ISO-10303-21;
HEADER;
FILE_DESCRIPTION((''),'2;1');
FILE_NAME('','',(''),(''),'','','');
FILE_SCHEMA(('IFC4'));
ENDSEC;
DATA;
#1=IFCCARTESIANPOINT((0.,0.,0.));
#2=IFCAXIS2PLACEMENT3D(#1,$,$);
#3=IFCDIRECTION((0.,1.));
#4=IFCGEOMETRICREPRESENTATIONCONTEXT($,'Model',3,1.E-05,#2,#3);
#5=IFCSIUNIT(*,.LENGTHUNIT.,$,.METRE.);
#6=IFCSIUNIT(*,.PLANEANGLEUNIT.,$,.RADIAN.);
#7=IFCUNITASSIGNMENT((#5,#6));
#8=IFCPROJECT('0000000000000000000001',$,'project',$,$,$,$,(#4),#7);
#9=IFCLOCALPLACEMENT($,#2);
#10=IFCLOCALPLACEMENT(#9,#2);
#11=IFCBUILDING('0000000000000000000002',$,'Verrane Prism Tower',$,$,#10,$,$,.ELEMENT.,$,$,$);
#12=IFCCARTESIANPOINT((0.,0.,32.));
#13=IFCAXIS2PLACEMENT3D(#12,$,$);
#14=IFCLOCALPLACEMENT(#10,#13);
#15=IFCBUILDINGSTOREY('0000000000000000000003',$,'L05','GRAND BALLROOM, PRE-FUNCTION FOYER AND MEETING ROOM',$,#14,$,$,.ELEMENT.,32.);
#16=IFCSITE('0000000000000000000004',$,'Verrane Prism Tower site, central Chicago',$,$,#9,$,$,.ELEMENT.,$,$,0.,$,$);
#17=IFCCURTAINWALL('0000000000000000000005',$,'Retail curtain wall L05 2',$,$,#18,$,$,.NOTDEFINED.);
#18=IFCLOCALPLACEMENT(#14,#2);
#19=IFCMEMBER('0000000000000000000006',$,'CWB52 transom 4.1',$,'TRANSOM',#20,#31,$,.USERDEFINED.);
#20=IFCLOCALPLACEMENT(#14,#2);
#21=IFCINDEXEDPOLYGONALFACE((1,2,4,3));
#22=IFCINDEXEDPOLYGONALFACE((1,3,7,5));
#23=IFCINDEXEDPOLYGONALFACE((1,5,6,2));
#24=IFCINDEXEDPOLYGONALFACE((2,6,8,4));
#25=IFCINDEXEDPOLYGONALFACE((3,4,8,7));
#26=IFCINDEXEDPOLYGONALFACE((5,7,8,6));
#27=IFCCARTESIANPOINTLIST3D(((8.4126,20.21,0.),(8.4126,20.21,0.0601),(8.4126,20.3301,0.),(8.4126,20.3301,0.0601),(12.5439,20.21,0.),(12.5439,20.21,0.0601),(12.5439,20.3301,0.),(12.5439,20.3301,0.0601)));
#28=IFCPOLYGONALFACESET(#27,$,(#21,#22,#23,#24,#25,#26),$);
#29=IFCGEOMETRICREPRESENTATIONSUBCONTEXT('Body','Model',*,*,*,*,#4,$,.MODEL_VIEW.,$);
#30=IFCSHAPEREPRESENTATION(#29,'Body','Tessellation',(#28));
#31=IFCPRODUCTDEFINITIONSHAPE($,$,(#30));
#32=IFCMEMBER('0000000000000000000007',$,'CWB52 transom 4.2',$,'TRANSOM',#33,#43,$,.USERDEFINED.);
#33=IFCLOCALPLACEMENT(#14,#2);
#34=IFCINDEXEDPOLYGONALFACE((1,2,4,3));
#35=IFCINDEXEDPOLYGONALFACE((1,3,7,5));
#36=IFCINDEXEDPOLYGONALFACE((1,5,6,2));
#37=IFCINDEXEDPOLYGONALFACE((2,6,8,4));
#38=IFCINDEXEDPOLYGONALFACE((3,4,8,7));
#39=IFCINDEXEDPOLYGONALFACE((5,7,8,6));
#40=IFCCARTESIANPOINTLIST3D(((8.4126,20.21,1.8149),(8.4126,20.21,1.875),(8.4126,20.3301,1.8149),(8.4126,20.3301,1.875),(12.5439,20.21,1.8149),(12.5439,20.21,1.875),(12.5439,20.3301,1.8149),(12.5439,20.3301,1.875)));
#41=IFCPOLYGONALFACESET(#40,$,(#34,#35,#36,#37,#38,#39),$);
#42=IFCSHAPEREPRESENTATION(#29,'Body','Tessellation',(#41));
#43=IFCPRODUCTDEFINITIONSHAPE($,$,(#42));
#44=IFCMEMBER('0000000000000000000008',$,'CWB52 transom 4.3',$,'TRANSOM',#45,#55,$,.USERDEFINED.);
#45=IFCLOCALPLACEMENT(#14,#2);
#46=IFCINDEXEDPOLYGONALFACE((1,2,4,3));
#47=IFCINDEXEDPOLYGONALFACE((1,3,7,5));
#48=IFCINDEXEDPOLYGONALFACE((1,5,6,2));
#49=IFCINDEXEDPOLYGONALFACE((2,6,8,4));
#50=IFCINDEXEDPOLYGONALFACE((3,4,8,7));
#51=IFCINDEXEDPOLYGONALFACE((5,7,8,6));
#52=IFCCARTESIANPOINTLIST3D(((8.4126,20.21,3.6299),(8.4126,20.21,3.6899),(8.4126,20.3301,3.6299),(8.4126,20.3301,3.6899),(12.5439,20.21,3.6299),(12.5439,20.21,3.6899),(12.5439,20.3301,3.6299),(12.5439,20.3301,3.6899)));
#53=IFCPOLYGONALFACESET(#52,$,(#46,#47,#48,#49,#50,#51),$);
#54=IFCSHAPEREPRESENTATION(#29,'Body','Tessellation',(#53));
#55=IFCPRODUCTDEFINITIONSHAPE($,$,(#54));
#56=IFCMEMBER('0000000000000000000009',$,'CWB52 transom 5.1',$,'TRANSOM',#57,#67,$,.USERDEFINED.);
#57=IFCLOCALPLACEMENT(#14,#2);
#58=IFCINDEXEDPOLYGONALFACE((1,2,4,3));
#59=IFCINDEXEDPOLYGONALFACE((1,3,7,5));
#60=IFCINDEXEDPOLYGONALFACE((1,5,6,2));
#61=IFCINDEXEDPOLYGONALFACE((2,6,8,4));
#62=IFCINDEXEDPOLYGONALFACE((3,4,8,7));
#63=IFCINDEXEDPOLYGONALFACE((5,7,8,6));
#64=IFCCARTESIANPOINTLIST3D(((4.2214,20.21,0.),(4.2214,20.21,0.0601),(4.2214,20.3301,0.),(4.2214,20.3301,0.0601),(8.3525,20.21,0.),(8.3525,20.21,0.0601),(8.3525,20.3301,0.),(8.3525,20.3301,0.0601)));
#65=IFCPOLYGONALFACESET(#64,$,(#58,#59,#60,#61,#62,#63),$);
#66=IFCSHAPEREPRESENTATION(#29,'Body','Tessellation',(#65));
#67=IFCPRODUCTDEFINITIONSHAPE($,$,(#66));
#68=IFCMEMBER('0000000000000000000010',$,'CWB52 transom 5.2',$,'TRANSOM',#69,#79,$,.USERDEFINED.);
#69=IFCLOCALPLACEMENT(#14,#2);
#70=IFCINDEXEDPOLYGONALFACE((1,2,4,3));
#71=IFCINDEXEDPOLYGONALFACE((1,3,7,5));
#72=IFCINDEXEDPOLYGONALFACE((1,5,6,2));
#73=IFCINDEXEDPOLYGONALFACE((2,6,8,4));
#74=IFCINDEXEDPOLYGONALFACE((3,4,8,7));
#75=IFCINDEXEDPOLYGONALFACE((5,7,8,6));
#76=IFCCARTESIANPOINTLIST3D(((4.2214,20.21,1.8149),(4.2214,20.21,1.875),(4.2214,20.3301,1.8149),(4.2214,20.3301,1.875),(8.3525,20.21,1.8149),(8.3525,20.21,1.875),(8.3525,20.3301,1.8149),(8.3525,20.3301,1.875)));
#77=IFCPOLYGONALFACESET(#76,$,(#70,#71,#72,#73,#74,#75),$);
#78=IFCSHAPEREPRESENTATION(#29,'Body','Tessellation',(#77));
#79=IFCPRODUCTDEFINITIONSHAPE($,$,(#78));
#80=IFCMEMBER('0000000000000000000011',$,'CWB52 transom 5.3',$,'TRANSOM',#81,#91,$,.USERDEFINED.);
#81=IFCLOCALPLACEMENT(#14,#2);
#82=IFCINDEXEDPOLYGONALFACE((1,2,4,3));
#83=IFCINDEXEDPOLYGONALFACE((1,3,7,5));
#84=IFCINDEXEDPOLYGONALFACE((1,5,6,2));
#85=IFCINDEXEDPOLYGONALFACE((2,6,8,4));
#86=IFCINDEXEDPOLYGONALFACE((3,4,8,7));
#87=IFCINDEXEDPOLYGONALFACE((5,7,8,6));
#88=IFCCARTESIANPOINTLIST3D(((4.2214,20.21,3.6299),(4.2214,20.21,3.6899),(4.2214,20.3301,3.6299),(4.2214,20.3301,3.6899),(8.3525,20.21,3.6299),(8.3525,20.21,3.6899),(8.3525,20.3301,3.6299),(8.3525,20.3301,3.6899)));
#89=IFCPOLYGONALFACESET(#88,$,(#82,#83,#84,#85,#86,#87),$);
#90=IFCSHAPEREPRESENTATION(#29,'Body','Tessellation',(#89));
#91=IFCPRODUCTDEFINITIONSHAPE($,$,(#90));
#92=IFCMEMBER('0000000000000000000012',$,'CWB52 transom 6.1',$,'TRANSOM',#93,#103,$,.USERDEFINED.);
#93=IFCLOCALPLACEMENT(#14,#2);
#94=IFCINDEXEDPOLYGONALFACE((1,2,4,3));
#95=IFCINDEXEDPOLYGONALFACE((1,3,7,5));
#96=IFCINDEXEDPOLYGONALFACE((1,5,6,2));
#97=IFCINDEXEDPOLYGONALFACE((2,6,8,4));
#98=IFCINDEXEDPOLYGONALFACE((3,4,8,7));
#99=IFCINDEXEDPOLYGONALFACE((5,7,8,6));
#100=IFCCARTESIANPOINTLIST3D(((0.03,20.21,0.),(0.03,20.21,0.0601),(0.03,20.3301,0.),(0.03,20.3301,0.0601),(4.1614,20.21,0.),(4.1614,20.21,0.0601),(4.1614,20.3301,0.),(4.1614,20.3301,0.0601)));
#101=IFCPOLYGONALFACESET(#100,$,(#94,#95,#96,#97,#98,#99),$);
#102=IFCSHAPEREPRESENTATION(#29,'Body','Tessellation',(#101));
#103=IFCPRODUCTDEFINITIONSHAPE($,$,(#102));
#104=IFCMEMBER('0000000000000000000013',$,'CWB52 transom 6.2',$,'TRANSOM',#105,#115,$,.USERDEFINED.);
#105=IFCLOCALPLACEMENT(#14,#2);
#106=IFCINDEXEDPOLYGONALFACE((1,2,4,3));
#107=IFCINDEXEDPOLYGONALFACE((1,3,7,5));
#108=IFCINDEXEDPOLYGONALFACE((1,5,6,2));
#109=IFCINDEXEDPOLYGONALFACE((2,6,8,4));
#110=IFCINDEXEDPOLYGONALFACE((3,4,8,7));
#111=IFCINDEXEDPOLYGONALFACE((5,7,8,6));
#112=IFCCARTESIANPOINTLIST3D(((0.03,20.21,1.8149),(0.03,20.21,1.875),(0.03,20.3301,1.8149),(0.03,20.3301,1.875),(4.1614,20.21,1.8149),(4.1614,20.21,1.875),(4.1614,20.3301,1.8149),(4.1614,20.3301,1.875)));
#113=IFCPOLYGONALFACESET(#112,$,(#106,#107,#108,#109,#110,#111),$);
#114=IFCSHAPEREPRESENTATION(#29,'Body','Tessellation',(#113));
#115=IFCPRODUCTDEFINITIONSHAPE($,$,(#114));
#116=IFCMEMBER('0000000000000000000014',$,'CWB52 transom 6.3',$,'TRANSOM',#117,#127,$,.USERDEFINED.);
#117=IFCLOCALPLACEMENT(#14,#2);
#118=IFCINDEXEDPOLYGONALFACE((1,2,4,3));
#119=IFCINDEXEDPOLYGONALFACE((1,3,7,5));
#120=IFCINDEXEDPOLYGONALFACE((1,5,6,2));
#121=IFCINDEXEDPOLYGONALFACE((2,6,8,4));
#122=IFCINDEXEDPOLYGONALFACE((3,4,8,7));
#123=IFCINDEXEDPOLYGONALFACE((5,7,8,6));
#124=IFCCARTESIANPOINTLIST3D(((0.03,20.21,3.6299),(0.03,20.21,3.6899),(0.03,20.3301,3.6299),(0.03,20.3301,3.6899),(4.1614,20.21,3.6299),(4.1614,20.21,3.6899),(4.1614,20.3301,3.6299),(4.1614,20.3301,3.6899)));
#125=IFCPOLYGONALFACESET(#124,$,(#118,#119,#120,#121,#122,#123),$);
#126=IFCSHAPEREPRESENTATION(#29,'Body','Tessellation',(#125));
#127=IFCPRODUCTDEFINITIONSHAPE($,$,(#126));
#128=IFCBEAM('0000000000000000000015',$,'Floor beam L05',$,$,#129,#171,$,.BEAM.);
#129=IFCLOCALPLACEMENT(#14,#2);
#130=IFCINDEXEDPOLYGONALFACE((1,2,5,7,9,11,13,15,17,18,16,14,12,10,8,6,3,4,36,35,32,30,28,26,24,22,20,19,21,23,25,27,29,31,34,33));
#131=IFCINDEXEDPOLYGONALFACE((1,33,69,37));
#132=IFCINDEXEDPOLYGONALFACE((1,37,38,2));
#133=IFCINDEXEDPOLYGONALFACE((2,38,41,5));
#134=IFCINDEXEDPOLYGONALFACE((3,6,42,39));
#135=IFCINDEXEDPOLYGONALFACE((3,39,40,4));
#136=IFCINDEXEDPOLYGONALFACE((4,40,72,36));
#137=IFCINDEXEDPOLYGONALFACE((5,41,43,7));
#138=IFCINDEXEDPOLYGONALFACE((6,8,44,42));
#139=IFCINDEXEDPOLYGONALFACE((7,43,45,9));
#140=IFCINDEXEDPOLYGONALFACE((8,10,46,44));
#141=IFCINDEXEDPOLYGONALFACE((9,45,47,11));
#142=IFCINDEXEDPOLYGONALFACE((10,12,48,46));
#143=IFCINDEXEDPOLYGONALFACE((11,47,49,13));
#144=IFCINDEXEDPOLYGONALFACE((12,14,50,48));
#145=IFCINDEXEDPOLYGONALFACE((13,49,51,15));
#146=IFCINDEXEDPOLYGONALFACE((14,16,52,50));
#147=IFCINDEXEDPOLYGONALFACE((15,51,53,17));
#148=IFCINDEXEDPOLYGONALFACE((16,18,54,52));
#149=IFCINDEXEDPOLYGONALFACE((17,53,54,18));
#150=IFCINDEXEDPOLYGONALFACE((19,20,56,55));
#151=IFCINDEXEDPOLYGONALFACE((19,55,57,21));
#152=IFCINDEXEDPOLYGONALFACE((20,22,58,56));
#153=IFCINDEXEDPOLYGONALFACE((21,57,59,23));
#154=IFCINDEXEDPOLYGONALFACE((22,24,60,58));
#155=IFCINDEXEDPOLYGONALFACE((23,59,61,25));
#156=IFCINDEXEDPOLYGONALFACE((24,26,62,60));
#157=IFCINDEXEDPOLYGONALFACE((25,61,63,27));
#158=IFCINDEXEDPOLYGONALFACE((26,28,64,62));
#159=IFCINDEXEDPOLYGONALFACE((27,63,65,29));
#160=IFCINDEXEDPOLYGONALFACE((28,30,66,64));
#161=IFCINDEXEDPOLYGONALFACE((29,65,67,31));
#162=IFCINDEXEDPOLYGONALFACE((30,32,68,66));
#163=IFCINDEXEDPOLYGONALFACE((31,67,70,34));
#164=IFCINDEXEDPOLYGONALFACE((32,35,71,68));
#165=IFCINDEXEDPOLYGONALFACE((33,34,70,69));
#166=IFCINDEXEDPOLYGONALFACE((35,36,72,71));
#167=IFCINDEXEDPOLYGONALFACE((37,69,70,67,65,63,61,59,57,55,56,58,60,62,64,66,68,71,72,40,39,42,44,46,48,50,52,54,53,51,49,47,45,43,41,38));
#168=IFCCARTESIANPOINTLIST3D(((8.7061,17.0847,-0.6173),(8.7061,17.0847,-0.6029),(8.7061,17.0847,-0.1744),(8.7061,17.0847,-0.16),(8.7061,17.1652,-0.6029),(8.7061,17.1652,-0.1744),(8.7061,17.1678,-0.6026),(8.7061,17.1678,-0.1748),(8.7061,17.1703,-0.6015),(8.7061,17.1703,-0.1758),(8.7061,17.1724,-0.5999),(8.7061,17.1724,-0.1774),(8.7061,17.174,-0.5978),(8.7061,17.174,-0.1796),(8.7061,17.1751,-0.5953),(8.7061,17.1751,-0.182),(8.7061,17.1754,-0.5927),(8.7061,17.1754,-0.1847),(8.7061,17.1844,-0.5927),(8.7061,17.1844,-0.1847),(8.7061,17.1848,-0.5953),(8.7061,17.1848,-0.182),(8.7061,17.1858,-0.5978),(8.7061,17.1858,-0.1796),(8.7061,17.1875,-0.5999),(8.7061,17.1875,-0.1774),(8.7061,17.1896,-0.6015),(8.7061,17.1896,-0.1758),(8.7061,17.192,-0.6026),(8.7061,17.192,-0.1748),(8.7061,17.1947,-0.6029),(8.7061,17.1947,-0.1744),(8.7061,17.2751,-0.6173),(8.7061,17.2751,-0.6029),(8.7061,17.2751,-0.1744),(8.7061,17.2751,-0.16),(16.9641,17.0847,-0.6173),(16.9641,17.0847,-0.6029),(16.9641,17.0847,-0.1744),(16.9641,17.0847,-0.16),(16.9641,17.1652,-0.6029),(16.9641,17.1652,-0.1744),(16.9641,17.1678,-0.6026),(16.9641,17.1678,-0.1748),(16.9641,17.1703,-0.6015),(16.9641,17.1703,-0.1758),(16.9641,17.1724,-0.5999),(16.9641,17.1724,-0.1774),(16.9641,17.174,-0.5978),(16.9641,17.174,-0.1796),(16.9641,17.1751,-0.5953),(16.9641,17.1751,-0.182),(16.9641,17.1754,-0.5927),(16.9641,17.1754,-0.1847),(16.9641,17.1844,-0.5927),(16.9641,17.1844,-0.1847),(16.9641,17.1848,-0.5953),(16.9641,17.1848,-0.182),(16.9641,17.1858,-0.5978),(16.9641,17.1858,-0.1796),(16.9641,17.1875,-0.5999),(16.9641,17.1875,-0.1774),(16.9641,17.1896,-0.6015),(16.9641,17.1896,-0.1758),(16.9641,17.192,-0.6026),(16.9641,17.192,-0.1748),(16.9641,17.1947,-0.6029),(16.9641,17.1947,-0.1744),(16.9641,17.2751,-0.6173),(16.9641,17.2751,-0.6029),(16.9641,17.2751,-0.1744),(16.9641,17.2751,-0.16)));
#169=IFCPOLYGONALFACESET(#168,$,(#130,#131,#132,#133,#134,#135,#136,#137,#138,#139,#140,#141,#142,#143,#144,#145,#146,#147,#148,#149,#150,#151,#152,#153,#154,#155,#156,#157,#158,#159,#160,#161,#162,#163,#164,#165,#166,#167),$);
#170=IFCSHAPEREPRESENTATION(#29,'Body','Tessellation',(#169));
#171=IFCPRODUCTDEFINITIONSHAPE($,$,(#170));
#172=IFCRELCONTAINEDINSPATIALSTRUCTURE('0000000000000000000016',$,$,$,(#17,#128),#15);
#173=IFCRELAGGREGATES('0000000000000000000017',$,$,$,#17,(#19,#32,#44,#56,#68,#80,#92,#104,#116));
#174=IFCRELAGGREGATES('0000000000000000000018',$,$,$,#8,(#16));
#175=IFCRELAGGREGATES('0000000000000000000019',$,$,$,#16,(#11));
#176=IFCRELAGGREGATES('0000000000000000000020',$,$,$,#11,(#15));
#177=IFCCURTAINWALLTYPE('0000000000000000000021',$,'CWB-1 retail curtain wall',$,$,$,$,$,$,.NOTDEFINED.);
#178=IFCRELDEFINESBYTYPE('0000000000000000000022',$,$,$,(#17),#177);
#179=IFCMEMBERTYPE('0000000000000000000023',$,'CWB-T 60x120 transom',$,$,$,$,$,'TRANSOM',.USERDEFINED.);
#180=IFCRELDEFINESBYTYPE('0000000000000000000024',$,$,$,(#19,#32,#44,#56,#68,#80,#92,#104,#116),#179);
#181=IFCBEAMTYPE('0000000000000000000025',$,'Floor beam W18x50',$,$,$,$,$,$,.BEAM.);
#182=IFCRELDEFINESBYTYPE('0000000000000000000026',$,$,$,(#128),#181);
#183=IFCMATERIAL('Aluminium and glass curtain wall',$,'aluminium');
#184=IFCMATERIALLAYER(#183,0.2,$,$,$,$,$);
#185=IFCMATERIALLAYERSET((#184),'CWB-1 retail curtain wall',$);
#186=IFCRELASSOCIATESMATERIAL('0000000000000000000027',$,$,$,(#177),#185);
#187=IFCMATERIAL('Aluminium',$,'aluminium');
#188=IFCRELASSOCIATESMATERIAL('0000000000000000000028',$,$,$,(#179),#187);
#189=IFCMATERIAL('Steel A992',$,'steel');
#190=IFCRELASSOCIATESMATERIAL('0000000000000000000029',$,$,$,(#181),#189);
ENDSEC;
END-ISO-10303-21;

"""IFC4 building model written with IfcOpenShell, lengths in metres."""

from ifc_helpers import new_model, si_unit, direction, frame, origin, origin_2d, place, context, subcontext, project, spatial, rectangle, i_section, extrude, material, layer, layer_set, material_profile, profile_set, type_object, element, aggregate, save


model = new_model("IFC4")

# Units and contexts
model_context = context("Model", 3, precision=1e-05, world=origin(), true_north=direction((0.0, 1.0)))
body_context = subcontext(model_context, "Body", "Model", "MODEL_VIEW")
ifc_project = project(units=[si_unit("LENGTHUNIT", "METRE"), si_unit("PLANEANGLEUNIT", "RADIAN")], contexts=[model_context])

# Site, building, storey
site_placement = place(None, origin())
site = spatial("IfcSite", under=ifc_project, at=site_placement, Name="Verrane Prism Tower site, central Chicago", CompositionType="ELEMENT", RefElevation=0.0)
building_placement = place(site_placement, origin())
building = spatial("IfcBuilding", under=site, at=building_placement, Name="Verrane Prism Tower", CompositionType="ELEMENT")
storey_placement = place(building_placement, frame((0.0, 0.0, 32.0)))
storey = spatial("IfcBuildingStorey", under=building, at=storey_placement, Name="L05", Description="GRAND BALLROOM, PRE-FUNCTION FOYER AND MEETING ROOM", CompositionType="ELEMENT", Elevation=32.0)

# Curtain wall, members
ifc_material_1 = material(Name="Aluminium and glass curtain wall", Category="aluminium")
ifc_layer_1 = layer(ifc_material_1, 0.2)
ifc_layer_set_1 = layer_set([ifc_layer_1], Name="CWB-1 retail curtain wall")
curtain_wall_type = type_object("IfcCurtainWallType", Name="CWB-1 retail curtain wall", PredefinedType="NOTDEFINED", material=ifc_layer_set_1)
curtain_wall_placement = place(storey_placement, origin())
curtain_wall = element("IfcCurtainWall", 1, at=curtain_wall_placement, inside=storey, type_object=curtain_wall_type, Name="Retail curtain wall L05 2", PredefinedType="NOTDEFINED")
ifc_material_2 = material(Name="Aluminium", Category="aluminium")
ifc_material_profile_1 = material_profile(ifc_material_2, rectangle(XDim=0.1201, YDim=0.0601, at=origin_2d()), Name="CWB-T 60x120 transom")
ifc_profile_set_1 = profile_set([ifc_material_profile_1], Name="Aluminium")
member_type_1 = type_object("IfcMemberType", Name="CWB-T 60x120 transom", ElementType="TRANSOM", PredefinedType="USERDEFINED", material=ifc_profile_set_1)
member_1_placement = place(storey_placement, frame((12.5439, 20.27, 0.03), z_axis=(-1.0, 0.0, 0.0), x_axis=(0.0, -1.0, 0.0)))
member_1 = element("IfcMember", 2, at=member_1_placement, type_object=member_type_1, Name="CWB52 transom 4.1", ObjectType="TRANSOM", PredefinedType="USERDEFINED", context=body_context, shape_type="SweptSolid", body=[
    extrude(rectangle(XDim=0.1201, YDim=0.0601, at=origin_2d()), origin(), (0.0, 0.0, 1.0), 4.1313),
])
member_2_placement = place(storey_placement, frame((12.5439, 20.27, 1.845), z_axis=(-1.0, 0.0, 0.0), x_axis=(0.0, -1.0, 0.0)))
member_2 = element("IfcMember", 3, at=member_2_placement, type_object=member_type_1, Name="CWB52 transom 4.2", ObjectType="TRANSOM", PredefinedType="USERDEFINED", context=body_context, shape_type="SweptSolid", body=[
    extrude(rectangle(XDim=0.1201, YDim=0.0601, at=origin_2d()), origin(), (0.0, 0.0, 1.0), 4.1313),
])
member_3_placement = place(storey_placement, frame((12.5439, 20.27, 3.6599), z_axis=(-1.0, 0.0, 0.0), x_axis=(0.0, -1.0, 0.0)))
member_3 = element("IfcMember", 4, at=member_3_placement, type_object=member_type_1, Name="CWB52 transom 4.3", ObjectType="TRANSOM", PredefinedType="USERDEFINED", context=body_context, shape_type="SweptSolid", body=[
    extrude(rectangle(XDim=0.1201, YDim=0.0601, at=origin_2d()), origin(), (0.0, 0.0, 1.0), 4.1313),
])
member_4_placement = place(storey_placement, frame((8.3525, 20.27, 0.03), z_axis=(-1.0, 0.0, 0.0), x_axis=(0.0, -1.0, 0.0)))
member_4 = element("IfcMember", 5, at=member_4_placement, type_object=member_type_1, Name="CWB52 transom 5.1", ObjectType="TRANSOM", PredefinedType="USERDEFINED", context=body_context, shape_type="SweptSolid", body=[
    extrude(rectangle(XDim=0.1201, YDim=0.0601, at=origin_2d()), origin(), (0.0, 0.0, 1.0), 4.1311),
])
member_5_placement = place(storey_placement, frame((8.3525, 20.27, 1.845), z_axis=(-1.0, 0.0, 0.0), x_axis=(0.0, -1.0, 0.0)))
member_5 = element("IfcMember", 6, at=member_5_placement, type_object=member_type_1, Name="CWB52 transom 5.2", ObjectType="TRANSOM", PredefinedType="USERDEFINED", context=body_context, shape_type="SweptSolid", body=[
    extrude(rectangle(XDim=0.1201, YDim=0.0601, at=origin_2d()), origin(), (0.0, 0.0, 1.0), 4.1311),
])
member_6_placement = place(storey_placement, frame((8.3525, 20.27, 3.6599), z_axis=(-1.0, 0.0, 0.0), x_axis=(0.0, -1.0, 0.0)))
member_6 = element("IfcMember", 7, at=member_6_placement, type_object=member_type_1, Name="CWB52 transom 5.3", ObjectType="TRANSOM", PredefinedType="USERDEFINED", context=body_context, shape_type="SweptSolid", body=[
    extrude(rectangle(XDim=0.1201, YDim=0.0601, at=origin_2d()), origin(), (0.0, 0.0, 1.0), 4.1311),
])
member_7_placement = place(storey_placement, frame((4.1614, 20.27, 0.03), z_axis=(-1.0, 0.0, 0.0), x_axis=(0.0, -1.0, 0.0)))
member_7 = element("IfcMember", 8, at=member_7_placement, type_object=member_type_1, Name="CWB52 transom 6.1", ObjectType="TRANSOM", PredefinedType="USERDEFINED", context=body_context, shape_type="SweptSolid", body=[
    extrude(rectangle(XDim=0.1201, YDim=0.0601, at=origin_2d()), origin(), (0.0, 0.0, 1.0), 4.1313),
])
member_8_placement = place(storey_placement, frame((4.1614, 20.27, 1.845), z_axis=(-1.0, 0.0, 0.0), x_axis=(0.0, -1.0, 0.0)))
member_8 = element("IfcMember", 9, at=member_8_placement, type_object=member_type_1, Name="CWB52 transom 6.2", ObjectType="TRANSOM", PredefinedType="USERDEFINED", context=body_context, shape_type="SweptSolid", body=[
    extrude(rectangle(XDim=0.1201, YDim=0.0601, at=origin_2d()), origin(), (0.0, 0.0, 1.0), 4.1313),
])
member_9_placement = place(storey_placement, frame((4.1614, 20.27, 3.6599), z_axis=(-1.0, 0.0, 0.0), x_axis=(0.0, -1.0, 0.0)))
member_9 = element("IfcMember", 10, at=member_9_placement, type_object=member_type_1, Name="CWB52 transom 6.3", ObjectType="TRANSOM", PredefinedType="USERDEFINED", context=body_context, shape_type="SweptSolid", body=[
    extrude(rectangle(XDim=0.1201, YDim=0.0601, at=origin_2d()), origin(), (0.0, 0.0, 1.0), 4.1313),
])

# Beam
ifc_material_3 = material(Name="Steel A992", Category="steel")
ifc_material_profile_2 = material_profile(ifc_material_3, i_section(OverallWidth=0.1904, OverallDepth=0.4573, WebThickness=0.009, FlangeThickness=0.0144, FilletRadius=0.0103, at=origin_2d()), Name="W18x50")
ifc_profile_set_2 = profile_set([ifc_material_profile_2], Name="Steel A992")
beam_type_1 = type_object("IfcBeamType", Name="Floor beam W18x50", PredefinedType="BEAM", material=ifc_profile_set_2)
beam_1_placement = place(storey_placement, frame((8.7061, 17.1799, -0.3887), z_axis=(1.0, 0.0, 0.0), x_axis=(0.0, 1.0, 0.0)))
element("IfcBeam", 11, at=beam_1_placement, inside=storey, type_object=beam_type_1, Name="Floor beam L05", PredefinedType="BEAM", context=body_context, shape_type="SweptSolid", body=[
    extrude(i_section(OverallWidth=0.1904, OverallDepth=0.4573, WebThickness=0.009, FlangeThickness=0.0144, FilletRadius=0.0103, at=origin_2d()), origin(), (0.0, 0.0, 1.0), 8.2581),
])

aggregate(curtain_wall, [member_1, member_2, member_3, member_4, member_5, member_6, member_7, member_8, member_9])

save(model, "model.ifc")
